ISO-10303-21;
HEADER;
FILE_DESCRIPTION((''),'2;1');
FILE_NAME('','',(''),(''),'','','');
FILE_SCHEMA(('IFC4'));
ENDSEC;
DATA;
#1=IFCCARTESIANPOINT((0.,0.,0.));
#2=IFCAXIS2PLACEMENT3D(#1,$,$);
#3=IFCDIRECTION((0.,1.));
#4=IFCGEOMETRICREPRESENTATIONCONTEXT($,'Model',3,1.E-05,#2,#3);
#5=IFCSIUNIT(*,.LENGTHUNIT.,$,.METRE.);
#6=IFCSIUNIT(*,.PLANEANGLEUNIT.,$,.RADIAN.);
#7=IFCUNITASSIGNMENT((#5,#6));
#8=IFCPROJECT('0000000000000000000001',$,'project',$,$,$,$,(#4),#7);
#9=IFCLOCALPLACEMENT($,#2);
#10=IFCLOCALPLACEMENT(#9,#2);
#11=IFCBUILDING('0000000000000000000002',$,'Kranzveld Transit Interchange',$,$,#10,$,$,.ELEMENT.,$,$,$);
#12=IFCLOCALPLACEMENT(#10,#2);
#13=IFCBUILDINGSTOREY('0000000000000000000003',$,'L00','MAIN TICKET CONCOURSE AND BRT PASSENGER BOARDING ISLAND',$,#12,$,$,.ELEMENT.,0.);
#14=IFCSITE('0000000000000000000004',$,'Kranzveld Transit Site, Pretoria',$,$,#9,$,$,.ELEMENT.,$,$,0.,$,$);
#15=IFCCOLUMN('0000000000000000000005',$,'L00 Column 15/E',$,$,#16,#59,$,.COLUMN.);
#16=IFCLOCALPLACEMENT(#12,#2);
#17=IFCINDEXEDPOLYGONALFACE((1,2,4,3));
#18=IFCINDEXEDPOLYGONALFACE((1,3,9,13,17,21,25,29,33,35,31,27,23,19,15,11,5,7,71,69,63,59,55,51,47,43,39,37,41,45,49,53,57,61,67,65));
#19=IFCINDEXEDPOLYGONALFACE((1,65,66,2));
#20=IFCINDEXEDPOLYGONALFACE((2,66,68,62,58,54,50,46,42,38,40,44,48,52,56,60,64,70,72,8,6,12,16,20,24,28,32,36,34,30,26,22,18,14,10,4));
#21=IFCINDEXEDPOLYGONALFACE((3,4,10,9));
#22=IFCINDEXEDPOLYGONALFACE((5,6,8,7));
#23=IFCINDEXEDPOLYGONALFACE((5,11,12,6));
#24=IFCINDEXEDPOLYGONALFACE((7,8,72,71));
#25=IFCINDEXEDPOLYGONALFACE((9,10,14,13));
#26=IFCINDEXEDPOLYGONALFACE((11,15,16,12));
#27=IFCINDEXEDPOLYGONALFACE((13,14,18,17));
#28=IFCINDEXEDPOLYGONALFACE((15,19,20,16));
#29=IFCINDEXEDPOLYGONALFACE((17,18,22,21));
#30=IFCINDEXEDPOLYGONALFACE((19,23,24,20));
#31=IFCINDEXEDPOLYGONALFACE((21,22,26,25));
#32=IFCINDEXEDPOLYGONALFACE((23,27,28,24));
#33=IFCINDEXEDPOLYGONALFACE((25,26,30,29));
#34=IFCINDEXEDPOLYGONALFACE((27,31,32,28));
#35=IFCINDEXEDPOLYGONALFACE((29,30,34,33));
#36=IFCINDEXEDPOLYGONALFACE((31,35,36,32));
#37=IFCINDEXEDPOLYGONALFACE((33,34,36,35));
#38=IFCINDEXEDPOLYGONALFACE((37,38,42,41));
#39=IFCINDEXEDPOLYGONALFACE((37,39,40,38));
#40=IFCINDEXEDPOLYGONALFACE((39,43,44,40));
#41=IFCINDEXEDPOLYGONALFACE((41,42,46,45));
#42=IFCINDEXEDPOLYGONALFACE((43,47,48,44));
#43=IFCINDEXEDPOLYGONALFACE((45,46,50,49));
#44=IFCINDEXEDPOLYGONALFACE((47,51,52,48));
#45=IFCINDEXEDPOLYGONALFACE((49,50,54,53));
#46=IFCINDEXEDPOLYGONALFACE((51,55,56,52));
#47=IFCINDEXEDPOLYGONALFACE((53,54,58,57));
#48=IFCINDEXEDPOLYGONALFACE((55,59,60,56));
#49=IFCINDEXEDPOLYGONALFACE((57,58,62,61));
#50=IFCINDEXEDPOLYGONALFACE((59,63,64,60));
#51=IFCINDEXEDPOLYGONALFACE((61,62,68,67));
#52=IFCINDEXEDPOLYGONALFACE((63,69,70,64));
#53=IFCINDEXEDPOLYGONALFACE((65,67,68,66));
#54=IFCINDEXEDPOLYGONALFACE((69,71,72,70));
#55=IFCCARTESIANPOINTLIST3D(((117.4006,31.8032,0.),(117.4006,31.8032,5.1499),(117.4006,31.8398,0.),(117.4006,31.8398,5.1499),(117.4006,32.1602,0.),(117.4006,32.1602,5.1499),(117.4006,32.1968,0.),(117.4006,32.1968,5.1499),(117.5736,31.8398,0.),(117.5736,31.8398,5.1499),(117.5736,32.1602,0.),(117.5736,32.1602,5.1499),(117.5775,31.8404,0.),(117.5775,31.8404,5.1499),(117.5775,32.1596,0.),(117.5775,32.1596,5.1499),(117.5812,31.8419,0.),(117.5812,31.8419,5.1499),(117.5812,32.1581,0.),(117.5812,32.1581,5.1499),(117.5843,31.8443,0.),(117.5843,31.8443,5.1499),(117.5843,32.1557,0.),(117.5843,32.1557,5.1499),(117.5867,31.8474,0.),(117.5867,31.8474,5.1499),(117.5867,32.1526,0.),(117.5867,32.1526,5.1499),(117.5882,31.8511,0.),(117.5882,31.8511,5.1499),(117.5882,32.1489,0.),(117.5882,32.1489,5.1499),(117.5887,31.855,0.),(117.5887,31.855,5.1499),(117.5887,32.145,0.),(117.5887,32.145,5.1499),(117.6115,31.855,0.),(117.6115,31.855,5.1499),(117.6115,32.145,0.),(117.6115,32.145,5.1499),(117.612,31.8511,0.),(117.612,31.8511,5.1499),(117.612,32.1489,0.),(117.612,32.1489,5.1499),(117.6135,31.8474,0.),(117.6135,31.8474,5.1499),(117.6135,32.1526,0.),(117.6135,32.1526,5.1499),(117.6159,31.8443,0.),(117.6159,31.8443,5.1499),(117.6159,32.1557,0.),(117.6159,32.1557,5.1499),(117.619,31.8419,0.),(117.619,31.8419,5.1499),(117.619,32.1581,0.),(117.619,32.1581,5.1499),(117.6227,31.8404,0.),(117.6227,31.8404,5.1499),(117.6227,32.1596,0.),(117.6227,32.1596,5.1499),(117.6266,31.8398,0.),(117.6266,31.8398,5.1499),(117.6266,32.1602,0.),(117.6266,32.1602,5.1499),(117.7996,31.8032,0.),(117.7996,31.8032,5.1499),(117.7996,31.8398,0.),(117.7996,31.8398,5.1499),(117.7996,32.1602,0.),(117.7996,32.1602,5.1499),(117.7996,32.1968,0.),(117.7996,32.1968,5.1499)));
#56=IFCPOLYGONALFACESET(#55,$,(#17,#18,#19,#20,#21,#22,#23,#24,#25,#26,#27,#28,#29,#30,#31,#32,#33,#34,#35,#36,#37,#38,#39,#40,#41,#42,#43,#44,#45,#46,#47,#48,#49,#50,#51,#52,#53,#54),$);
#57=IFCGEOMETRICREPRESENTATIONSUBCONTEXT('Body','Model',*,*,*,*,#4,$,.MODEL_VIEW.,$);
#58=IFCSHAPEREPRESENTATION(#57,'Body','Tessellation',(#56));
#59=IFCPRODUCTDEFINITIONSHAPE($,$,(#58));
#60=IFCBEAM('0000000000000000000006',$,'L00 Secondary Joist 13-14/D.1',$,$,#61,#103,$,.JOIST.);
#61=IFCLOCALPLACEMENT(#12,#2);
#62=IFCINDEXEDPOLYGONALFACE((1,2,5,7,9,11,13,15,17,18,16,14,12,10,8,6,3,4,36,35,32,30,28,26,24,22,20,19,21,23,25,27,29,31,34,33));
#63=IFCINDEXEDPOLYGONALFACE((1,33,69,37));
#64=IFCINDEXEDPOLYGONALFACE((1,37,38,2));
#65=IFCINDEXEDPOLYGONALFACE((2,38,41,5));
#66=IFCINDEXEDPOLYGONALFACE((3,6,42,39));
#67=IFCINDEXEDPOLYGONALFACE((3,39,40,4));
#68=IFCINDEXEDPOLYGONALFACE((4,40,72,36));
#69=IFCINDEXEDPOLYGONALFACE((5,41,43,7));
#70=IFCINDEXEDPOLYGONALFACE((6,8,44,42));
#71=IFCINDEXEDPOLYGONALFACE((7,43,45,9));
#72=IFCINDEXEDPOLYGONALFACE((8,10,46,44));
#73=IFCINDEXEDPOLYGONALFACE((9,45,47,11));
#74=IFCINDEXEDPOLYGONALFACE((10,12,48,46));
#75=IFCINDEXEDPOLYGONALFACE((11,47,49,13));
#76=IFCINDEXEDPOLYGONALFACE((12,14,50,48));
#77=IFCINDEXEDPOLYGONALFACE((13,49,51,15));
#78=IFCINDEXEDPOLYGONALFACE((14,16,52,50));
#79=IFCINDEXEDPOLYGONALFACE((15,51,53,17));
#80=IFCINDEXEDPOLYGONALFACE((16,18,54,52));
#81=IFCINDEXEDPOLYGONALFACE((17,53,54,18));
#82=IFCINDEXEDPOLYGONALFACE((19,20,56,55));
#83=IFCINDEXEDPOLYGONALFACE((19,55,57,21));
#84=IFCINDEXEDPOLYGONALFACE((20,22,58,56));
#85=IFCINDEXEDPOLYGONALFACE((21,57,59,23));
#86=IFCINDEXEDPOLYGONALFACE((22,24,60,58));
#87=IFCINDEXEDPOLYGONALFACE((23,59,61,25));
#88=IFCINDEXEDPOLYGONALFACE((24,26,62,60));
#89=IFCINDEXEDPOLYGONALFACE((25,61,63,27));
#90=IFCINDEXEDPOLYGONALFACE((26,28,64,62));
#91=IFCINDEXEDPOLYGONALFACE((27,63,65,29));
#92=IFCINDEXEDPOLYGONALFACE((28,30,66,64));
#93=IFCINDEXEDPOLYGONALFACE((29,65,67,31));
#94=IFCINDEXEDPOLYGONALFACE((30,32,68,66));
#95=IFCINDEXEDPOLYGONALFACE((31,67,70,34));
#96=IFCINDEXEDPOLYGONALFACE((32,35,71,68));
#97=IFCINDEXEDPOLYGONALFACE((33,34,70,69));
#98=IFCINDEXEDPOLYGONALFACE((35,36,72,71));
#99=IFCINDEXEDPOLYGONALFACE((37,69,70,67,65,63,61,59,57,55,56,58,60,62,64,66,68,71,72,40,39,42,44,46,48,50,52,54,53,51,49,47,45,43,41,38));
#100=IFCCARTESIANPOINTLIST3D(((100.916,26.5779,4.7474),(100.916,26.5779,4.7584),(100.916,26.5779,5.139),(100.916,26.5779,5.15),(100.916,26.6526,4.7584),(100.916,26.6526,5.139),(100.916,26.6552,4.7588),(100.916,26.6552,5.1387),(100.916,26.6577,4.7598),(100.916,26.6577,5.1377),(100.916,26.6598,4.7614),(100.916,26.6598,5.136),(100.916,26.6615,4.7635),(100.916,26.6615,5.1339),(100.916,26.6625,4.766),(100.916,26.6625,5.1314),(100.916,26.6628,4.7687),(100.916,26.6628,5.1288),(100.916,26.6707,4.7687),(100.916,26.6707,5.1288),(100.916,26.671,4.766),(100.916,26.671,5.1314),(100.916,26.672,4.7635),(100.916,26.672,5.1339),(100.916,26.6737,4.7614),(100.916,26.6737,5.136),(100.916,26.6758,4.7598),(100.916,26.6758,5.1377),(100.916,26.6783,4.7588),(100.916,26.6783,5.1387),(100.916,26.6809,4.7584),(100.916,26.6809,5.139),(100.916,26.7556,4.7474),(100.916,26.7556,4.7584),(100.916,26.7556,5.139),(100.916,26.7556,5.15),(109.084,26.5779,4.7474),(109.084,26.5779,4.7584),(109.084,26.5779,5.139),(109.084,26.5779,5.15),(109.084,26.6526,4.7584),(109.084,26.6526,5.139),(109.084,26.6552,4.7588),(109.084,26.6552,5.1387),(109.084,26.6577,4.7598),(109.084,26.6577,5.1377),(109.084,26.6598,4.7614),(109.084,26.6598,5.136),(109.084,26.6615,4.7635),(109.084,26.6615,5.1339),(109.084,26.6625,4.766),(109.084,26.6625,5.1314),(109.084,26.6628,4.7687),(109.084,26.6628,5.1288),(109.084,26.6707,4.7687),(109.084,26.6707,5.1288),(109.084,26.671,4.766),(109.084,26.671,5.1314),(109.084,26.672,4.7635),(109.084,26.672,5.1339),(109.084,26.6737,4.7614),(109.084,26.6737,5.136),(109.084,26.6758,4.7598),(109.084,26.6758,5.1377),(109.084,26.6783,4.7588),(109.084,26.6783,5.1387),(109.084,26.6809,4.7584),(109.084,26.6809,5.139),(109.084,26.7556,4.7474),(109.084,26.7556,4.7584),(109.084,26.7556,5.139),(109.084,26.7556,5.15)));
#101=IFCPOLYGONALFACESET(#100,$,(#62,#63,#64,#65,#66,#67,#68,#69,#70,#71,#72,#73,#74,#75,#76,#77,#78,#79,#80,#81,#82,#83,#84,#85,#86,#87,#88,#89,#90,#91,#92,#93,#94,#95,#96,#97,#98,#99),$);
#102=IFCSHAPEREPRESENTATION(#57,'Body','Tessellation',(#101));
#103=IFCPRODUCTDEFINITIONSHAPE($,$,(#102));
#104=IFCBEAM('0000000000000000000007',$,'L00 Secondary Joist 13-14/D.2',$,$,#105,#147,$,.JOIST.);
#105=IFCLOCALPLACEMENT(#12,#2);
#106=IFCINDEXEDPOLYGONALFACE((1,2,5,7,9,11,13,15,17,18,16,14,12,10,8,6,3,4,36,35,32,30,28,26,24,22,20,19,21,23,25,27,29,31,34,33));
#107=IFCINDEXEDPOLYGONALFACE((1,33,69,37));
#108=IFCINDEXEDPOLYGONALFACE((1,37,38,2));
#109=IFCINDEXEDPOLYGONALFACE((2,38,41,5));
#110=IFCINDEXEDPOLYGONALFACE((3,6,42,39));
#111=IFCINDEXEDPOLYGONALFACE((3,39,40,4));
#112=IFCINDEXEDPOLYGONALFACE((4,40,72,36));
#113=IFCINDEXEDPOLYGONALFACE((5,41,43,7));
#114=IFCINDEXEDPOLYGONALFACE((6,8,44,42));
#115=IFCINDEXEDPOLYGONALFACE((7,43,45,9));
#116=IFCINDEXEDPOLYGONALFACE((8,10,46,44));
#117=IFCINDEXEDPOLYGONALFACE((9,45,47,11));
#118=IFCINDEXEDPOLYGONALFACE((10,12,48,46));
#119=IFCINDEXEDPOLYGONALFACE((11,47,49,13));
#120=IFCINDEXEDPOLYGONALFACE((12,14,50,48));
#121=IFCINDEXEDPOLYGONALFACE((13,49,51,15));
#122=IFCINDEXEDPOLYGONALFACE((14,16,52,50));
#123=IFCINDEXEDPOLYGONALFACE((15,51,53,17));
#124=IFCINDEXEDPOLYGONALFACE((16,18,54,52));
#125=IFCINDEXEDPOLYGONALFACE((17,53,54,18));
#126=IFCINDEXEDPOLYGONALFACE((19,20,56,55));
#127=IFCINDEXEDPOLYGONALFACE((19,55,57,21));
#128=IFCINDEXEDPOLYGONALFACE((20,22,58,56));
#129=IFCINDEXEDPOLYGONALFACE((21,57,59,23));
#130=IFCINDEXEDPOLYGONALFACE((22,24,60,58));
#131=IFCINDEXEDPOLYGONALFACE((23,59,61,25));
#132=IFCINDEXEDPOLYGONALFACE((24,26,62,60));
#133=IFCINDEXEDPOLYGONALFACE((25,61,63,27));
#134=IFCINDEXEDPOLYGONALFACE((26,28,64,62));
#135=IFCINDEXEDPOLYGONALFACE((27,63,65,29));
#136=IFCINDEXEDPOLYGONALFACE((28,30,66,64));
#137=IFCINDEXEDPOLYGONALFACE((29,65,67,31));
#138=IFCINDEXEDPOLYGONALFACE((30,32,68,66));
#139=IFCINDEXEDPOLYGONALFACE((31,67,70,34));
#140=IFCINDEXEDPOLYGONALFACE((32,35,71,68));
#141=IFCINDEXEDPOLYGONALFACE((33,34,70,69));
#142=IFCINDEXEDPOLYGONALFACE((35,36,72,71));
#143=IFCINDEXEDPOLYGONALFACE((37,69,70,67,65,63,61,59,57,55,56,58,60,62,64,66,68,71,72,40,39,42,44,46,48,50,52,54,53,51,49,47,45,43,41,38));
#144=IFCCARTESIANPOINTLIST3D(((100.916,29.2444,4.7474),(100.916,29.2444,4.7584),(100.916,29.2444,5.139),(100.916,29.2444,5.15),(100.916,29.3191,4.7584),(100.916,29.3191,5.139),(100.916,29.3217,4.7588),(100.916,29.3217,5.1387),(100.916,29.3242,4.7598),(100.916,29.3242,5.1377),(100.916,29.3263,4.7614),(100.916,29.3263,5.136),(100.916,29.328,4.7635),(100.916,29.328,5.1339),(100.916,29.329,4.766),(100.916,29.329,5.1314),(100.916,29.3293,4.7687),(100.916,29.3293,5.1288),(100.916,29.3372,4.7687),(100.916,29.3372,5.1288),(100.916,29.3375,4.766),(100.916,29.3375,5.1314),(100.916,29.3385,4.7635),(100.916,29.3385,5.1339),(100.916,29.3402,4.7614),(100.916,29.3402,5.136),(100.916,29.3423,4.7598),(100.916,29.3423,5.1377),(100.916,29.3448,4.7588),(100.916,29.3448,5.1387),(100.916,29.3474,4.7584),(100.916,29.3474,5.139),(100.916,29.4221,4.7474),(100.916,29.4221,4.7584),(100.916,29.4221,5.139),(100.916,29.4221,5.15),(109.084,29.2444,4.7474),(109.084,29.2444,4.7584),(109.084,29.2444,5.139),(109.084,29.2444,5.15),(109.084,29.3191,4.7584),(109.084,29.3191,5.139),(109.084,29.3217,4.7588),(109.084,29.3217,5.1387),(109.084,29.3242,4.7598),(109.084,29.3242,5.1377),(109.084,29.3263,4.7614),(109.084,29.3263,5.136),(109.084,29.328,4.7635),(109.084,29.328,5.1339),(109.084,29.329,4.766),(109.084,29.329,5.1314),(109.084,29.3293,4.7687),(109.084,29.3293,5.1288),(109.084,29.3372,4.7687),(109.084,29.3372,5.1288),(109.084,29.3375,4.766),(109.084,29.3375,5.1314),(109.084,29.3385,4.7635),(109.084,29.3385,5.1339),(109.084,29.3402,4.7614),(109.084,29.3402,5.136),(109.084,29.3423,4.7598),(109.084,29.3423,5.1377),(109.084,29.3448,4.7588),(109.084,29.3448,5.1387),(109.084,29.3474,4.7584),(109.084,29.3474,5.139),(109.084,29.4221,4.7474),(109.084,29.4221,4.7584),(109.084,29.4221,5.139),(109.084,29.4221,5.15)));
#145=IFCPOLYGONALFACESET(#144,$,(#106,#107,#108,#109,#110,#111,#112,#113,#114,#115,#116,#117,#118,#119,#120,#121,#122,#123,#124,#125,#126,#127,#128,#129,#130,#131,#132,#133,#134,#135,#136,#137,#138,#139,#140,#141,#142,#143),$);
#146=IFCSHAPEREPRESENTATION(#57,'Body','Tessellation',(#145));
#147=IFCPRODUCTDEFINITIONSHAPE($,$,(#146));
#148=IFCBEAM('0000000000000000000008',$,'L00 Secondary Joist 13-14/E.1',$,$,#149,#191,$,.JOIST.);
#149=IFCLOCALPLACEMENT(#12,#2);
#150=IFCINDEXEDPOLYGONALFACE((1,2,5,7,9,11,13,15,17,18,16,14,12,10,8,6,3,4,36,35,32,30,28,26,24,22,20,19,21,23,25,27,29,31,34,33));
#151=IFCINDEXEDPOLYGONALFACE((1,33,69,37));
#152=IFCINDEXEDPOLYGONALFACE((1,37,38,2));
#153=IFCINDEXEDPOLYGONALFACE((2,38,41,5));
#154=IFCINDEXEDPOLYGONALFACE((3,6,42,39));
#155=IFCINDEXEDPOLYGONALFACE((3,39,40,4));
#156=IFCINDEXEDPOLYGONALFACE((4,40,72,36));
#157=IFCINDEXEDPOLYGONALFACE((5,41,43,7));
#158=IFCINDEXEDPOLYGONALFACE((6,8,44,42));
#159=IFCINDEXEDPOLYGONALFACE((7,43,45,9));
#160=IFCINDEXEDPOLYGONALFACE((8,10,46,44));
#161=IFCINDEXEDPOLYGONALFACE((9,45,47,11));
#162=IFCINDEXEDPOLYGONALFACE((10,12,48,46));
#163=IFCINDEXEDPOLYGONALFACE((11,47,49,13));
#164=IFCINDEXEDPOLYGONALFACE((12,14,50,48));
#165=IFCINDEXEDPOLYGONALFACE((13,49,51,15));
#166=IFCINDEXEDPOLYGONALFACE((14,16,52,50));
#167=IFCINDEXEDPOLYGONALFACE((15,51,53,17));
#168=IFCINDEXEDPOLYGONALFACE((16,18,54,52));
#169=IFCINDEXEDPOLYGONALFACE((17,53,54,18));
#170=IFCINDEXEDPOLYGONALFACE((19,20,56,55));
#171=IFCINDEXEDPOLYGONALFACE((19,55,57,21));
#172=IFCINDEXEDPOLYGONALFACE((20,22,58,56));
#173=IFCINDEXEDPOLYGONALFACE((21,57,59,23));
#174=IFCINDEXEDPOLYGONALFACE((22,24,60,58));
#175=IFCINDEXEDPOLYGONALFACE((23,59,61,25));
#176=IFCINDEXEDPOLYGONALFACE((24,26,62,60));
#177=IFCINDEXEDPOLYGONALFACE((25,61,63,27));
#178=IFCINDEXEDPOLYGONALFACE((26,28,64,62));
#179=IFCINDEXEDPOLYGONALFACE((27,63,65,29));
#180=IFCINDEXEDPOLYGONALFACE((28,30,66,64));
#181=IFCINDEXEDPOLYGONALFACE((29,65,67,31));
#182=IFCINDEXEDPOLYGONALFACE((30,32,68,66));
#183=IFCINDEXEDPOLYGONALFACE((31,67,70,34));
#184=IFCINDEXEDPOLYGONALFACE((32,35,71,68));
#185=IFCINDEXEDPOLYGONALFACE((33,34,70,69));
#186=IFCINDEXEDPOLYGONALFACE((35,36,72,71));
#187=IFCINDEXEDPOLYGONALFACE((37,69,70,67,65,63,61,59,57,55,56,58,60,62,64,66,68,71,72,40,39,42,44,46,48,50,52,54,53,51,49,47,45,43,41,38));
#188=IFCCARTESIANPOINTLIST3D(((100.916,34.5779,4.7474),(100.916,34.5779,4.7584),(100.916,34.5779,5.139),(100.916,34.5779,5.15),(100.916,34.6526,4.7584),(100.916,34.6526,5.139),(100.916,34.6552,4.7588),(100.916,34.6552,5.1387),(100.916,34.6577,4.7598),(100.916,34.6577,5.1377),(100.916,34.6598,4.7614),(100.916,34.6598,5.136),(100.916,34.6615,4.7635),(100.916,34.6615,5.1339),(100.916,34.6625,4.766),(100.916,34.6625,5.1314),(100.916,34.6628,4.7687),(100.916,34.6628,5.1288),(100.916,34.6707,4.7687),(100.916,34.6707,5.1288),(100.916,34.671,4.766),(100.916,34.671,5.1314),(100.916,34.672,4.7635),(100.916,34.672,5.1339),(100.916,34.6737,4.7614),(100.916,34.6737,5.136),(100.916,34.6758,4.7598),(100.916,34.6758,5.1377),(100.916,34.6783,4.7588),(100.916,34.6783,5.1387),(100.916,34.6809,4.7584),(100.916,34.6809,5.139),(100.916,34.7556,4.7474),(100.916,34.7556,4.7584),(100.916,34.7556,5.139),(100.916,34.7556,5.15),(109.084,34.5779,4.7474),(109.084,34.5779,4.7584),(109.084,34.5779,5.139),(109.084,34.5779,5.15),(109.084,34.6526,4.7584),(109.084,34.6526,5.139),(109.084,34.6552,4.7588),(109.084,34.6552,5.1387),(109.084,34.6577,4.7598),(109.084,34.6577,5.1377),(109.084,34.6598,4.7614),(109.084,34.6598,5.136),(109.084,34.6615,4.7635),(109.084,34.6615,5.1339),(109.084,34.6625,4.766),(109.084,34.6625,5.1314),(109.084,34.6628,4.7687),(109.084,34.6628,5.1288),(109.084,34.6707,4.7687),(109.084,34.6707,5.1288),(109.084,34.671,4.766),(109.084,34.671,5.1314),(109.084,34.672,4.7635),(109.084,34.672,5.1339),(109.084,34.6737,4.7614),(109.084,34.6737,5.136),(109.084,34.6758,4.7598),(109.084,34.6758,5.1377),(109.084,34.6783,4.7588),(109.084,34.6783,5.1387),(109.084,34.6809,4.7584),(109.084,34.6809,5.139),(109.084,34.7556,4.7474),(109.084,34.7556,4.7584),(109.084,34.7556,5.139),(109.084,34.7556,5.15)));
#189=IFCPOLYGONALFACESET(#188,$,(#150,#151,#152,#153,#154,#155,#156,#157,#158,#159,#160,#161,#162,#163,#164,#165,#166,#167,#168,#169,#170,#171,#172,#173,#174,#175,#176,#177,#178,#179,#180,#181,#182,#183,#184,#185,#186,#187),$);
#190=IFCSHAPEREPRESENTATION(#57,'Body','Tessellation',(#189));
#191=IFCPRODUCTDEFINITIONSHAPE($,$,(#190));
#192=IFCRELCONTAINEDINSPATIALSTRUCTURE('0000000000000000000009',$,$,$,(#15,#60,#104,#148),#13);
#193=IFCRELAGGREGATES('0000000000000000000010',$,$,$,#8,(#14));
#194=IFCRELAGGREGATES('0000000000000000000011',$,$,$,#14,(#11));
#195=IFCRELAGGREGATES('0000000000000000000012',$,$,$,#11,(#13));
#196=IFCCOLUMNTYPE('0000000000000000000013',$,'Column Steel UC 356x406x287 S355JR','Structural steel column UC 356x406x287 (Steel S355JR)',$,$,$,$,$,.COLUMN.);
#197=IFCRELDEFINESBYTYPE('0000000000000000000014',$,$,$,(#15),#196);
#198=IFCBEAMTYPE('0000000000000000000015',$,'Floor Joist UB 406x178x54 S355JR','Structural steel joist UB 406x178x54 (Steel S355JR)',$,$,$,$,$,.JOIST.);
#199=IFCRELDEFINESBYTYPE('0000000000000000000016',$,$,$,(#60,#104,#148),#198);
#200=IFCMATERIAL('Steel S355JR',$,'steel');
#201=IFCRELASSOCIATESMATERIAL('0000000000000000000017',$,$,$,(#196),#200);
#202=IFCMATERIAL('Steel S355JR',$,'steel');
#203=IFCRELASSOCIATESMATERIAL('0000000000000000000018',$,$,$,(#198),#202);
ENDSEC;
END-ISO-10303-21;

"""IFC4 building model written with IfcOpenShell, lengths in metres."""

from ifc_helpers import new_model, si_unit, direction, frame, origin, origin_2d, place, context, subcontext, project, spatial, i_section, extrude, material, material_profile, profile_set, type_object, element, save


model = new_model("IFC4")

# Units and contexts
model_context = context("Model", 3, precision=1e-05, world=origin(), true_north=direction((0.0, 1.0)))
body_context = subcontext(model_context, "Body", "Model", "MODEL_VIEW")
ifc_project = project(units=[si_unit("LENGTHUNIT", "METRE"), si_unit("PLANEANGLEUNIT", "RADIAN")], contexts=[model_context])

# Site, building, storey
site_placement = place(None, origin())
site = spatial("IfcSite", under=ifc_project, at=site_placement, Name="Kranzveld Transit Site, Pretoria", CompositionType="ELEMENT", RefElevation=0.0)
building_placement = place(site_placement, origin())
building = spatial("IfcBuilding", under=site, at=building_placement, Name="Kranzveld Transit Interchange", CompositionType="ELEMENT")
storey_placement = place(building_placement, origin())
storey = spatial("IfcBuildingStorey", under=building, at=storey_placement, Name="L00", Description="MAIN TICKET CONCOURSE AND BRT PASSENGER BOARDING ISLAND", CompositionType="ELEMENT", Elevation=0.0)

# Column
ifc_material_1 = material(Name="Steel S355JR", Category="steel")
ifc_material_profile_1 = material_profile(ifc_material_1, i_section(OverallWidth=0.3989, OverallDepth=0.3936, WebThickness=0.0227, FlangeThickness=0.0366, FilletRadius=0.0151, at=origin_2d()), Name="UC 356x406x287")
ifc_profile_set_1 = profile_set([ifc_material_profile_1], Name="Steel S355JR")
column_type_1 = type_object("IfcColumnType", Name="Column Steel UC 356x406x287 S355JR", Description="Structural steel column UC 356x406x287 (Steel S355JR)", PredefinedType="COLUMN", material=ifc_profile_set_1)
for number, where, z_axis, x_axis, name in (
    (1, (117.6001, 32.0, 0.0), (0.0, 0.0, 1.0), (1.0, 0.0, 0.0), "L00 Column 15/E"),
):
    element("IfcColumn", number, at=place(storey_placement, frame(where, z_axis=z_axis, x_axis=x_axis)), inside=storey, type_object=column_type_1, Name=name, PredefinedType="COLUMN", context=body_context, shape_type="SweptSolid", body=[
        extrude(i_section(OverallWidth=0.3989, OverallDepth=0.3936, WebThickness=0.0227, FlangeThickness=0.0366, FilletRadius=0.0151, at=origin_2d()), origin(), (0.0, 0.0, 1.0), 5.1499),
    ])

# Beams
ifc_material_2 = material(Name="Steel S355JR", Category="steel")
ifc_material_profile_2 = material_profile(ifc_material_2, i_section(OverallWidth=0.1777, OverallDepth=0.4026, WebThickness=0.0078, FlangeThickness=0.011, FilletRadius=0.0103, at=origin_2d()), Name="UB 406x178x54")
ifc_profile_set_2 = profile_set([ifc_material_profile_2], Name="Steel S355JR")
beam_type_1 = type_object("IfcBeamType", Name="Floor Joist UB 406x178x54 S355JR", Description="Structural steel joist UB 406x178x54 (Steel S355JR)", PredefinedType="JOIST", material=ifc_profile_set_2)
for number, where, z_axis, x_axis, name in (
    (2, (100.916, 26.6667, 4.9487), (1.0, 0.0, 0.0), (0.0, 1.0, 0.0), "L00 Secondary Joist 13-14/D.1"),
    (3, (100.916, 29.3333, 4.9487), (1.0, 0.0, 0.0), (0.0, 1.0, 0.0), "L00 Secondary Joist 13-14/D.2"),
    (4, (100.916, 34.6667, 4.9487), (1.0, 0.0, 0.0), (0.0, 1.0, 0.0), "L00 Secondary Joist 13-14/E.1"),
):
    element("IfcBeam", number, at=place(storey_placement, frame(where, z_axis=z_axis, x_axis=x_axis)), inside=storey, type_object=beam_type_1, Name=name, PredefinedType="JOIST", context=body_context, shape_type="SweptSolid", body=[
        extrude(i_section(OverallWidth=0.1777, OverallDepth=0.4026, WebThickness=0.0078, FlangeThickness=0.011, FilletRadius=0.0103, at=origin_2d()), origin(), (0.0, 0.0, 1.0), 8.168),
    ])

save(model, "model.ifc")
